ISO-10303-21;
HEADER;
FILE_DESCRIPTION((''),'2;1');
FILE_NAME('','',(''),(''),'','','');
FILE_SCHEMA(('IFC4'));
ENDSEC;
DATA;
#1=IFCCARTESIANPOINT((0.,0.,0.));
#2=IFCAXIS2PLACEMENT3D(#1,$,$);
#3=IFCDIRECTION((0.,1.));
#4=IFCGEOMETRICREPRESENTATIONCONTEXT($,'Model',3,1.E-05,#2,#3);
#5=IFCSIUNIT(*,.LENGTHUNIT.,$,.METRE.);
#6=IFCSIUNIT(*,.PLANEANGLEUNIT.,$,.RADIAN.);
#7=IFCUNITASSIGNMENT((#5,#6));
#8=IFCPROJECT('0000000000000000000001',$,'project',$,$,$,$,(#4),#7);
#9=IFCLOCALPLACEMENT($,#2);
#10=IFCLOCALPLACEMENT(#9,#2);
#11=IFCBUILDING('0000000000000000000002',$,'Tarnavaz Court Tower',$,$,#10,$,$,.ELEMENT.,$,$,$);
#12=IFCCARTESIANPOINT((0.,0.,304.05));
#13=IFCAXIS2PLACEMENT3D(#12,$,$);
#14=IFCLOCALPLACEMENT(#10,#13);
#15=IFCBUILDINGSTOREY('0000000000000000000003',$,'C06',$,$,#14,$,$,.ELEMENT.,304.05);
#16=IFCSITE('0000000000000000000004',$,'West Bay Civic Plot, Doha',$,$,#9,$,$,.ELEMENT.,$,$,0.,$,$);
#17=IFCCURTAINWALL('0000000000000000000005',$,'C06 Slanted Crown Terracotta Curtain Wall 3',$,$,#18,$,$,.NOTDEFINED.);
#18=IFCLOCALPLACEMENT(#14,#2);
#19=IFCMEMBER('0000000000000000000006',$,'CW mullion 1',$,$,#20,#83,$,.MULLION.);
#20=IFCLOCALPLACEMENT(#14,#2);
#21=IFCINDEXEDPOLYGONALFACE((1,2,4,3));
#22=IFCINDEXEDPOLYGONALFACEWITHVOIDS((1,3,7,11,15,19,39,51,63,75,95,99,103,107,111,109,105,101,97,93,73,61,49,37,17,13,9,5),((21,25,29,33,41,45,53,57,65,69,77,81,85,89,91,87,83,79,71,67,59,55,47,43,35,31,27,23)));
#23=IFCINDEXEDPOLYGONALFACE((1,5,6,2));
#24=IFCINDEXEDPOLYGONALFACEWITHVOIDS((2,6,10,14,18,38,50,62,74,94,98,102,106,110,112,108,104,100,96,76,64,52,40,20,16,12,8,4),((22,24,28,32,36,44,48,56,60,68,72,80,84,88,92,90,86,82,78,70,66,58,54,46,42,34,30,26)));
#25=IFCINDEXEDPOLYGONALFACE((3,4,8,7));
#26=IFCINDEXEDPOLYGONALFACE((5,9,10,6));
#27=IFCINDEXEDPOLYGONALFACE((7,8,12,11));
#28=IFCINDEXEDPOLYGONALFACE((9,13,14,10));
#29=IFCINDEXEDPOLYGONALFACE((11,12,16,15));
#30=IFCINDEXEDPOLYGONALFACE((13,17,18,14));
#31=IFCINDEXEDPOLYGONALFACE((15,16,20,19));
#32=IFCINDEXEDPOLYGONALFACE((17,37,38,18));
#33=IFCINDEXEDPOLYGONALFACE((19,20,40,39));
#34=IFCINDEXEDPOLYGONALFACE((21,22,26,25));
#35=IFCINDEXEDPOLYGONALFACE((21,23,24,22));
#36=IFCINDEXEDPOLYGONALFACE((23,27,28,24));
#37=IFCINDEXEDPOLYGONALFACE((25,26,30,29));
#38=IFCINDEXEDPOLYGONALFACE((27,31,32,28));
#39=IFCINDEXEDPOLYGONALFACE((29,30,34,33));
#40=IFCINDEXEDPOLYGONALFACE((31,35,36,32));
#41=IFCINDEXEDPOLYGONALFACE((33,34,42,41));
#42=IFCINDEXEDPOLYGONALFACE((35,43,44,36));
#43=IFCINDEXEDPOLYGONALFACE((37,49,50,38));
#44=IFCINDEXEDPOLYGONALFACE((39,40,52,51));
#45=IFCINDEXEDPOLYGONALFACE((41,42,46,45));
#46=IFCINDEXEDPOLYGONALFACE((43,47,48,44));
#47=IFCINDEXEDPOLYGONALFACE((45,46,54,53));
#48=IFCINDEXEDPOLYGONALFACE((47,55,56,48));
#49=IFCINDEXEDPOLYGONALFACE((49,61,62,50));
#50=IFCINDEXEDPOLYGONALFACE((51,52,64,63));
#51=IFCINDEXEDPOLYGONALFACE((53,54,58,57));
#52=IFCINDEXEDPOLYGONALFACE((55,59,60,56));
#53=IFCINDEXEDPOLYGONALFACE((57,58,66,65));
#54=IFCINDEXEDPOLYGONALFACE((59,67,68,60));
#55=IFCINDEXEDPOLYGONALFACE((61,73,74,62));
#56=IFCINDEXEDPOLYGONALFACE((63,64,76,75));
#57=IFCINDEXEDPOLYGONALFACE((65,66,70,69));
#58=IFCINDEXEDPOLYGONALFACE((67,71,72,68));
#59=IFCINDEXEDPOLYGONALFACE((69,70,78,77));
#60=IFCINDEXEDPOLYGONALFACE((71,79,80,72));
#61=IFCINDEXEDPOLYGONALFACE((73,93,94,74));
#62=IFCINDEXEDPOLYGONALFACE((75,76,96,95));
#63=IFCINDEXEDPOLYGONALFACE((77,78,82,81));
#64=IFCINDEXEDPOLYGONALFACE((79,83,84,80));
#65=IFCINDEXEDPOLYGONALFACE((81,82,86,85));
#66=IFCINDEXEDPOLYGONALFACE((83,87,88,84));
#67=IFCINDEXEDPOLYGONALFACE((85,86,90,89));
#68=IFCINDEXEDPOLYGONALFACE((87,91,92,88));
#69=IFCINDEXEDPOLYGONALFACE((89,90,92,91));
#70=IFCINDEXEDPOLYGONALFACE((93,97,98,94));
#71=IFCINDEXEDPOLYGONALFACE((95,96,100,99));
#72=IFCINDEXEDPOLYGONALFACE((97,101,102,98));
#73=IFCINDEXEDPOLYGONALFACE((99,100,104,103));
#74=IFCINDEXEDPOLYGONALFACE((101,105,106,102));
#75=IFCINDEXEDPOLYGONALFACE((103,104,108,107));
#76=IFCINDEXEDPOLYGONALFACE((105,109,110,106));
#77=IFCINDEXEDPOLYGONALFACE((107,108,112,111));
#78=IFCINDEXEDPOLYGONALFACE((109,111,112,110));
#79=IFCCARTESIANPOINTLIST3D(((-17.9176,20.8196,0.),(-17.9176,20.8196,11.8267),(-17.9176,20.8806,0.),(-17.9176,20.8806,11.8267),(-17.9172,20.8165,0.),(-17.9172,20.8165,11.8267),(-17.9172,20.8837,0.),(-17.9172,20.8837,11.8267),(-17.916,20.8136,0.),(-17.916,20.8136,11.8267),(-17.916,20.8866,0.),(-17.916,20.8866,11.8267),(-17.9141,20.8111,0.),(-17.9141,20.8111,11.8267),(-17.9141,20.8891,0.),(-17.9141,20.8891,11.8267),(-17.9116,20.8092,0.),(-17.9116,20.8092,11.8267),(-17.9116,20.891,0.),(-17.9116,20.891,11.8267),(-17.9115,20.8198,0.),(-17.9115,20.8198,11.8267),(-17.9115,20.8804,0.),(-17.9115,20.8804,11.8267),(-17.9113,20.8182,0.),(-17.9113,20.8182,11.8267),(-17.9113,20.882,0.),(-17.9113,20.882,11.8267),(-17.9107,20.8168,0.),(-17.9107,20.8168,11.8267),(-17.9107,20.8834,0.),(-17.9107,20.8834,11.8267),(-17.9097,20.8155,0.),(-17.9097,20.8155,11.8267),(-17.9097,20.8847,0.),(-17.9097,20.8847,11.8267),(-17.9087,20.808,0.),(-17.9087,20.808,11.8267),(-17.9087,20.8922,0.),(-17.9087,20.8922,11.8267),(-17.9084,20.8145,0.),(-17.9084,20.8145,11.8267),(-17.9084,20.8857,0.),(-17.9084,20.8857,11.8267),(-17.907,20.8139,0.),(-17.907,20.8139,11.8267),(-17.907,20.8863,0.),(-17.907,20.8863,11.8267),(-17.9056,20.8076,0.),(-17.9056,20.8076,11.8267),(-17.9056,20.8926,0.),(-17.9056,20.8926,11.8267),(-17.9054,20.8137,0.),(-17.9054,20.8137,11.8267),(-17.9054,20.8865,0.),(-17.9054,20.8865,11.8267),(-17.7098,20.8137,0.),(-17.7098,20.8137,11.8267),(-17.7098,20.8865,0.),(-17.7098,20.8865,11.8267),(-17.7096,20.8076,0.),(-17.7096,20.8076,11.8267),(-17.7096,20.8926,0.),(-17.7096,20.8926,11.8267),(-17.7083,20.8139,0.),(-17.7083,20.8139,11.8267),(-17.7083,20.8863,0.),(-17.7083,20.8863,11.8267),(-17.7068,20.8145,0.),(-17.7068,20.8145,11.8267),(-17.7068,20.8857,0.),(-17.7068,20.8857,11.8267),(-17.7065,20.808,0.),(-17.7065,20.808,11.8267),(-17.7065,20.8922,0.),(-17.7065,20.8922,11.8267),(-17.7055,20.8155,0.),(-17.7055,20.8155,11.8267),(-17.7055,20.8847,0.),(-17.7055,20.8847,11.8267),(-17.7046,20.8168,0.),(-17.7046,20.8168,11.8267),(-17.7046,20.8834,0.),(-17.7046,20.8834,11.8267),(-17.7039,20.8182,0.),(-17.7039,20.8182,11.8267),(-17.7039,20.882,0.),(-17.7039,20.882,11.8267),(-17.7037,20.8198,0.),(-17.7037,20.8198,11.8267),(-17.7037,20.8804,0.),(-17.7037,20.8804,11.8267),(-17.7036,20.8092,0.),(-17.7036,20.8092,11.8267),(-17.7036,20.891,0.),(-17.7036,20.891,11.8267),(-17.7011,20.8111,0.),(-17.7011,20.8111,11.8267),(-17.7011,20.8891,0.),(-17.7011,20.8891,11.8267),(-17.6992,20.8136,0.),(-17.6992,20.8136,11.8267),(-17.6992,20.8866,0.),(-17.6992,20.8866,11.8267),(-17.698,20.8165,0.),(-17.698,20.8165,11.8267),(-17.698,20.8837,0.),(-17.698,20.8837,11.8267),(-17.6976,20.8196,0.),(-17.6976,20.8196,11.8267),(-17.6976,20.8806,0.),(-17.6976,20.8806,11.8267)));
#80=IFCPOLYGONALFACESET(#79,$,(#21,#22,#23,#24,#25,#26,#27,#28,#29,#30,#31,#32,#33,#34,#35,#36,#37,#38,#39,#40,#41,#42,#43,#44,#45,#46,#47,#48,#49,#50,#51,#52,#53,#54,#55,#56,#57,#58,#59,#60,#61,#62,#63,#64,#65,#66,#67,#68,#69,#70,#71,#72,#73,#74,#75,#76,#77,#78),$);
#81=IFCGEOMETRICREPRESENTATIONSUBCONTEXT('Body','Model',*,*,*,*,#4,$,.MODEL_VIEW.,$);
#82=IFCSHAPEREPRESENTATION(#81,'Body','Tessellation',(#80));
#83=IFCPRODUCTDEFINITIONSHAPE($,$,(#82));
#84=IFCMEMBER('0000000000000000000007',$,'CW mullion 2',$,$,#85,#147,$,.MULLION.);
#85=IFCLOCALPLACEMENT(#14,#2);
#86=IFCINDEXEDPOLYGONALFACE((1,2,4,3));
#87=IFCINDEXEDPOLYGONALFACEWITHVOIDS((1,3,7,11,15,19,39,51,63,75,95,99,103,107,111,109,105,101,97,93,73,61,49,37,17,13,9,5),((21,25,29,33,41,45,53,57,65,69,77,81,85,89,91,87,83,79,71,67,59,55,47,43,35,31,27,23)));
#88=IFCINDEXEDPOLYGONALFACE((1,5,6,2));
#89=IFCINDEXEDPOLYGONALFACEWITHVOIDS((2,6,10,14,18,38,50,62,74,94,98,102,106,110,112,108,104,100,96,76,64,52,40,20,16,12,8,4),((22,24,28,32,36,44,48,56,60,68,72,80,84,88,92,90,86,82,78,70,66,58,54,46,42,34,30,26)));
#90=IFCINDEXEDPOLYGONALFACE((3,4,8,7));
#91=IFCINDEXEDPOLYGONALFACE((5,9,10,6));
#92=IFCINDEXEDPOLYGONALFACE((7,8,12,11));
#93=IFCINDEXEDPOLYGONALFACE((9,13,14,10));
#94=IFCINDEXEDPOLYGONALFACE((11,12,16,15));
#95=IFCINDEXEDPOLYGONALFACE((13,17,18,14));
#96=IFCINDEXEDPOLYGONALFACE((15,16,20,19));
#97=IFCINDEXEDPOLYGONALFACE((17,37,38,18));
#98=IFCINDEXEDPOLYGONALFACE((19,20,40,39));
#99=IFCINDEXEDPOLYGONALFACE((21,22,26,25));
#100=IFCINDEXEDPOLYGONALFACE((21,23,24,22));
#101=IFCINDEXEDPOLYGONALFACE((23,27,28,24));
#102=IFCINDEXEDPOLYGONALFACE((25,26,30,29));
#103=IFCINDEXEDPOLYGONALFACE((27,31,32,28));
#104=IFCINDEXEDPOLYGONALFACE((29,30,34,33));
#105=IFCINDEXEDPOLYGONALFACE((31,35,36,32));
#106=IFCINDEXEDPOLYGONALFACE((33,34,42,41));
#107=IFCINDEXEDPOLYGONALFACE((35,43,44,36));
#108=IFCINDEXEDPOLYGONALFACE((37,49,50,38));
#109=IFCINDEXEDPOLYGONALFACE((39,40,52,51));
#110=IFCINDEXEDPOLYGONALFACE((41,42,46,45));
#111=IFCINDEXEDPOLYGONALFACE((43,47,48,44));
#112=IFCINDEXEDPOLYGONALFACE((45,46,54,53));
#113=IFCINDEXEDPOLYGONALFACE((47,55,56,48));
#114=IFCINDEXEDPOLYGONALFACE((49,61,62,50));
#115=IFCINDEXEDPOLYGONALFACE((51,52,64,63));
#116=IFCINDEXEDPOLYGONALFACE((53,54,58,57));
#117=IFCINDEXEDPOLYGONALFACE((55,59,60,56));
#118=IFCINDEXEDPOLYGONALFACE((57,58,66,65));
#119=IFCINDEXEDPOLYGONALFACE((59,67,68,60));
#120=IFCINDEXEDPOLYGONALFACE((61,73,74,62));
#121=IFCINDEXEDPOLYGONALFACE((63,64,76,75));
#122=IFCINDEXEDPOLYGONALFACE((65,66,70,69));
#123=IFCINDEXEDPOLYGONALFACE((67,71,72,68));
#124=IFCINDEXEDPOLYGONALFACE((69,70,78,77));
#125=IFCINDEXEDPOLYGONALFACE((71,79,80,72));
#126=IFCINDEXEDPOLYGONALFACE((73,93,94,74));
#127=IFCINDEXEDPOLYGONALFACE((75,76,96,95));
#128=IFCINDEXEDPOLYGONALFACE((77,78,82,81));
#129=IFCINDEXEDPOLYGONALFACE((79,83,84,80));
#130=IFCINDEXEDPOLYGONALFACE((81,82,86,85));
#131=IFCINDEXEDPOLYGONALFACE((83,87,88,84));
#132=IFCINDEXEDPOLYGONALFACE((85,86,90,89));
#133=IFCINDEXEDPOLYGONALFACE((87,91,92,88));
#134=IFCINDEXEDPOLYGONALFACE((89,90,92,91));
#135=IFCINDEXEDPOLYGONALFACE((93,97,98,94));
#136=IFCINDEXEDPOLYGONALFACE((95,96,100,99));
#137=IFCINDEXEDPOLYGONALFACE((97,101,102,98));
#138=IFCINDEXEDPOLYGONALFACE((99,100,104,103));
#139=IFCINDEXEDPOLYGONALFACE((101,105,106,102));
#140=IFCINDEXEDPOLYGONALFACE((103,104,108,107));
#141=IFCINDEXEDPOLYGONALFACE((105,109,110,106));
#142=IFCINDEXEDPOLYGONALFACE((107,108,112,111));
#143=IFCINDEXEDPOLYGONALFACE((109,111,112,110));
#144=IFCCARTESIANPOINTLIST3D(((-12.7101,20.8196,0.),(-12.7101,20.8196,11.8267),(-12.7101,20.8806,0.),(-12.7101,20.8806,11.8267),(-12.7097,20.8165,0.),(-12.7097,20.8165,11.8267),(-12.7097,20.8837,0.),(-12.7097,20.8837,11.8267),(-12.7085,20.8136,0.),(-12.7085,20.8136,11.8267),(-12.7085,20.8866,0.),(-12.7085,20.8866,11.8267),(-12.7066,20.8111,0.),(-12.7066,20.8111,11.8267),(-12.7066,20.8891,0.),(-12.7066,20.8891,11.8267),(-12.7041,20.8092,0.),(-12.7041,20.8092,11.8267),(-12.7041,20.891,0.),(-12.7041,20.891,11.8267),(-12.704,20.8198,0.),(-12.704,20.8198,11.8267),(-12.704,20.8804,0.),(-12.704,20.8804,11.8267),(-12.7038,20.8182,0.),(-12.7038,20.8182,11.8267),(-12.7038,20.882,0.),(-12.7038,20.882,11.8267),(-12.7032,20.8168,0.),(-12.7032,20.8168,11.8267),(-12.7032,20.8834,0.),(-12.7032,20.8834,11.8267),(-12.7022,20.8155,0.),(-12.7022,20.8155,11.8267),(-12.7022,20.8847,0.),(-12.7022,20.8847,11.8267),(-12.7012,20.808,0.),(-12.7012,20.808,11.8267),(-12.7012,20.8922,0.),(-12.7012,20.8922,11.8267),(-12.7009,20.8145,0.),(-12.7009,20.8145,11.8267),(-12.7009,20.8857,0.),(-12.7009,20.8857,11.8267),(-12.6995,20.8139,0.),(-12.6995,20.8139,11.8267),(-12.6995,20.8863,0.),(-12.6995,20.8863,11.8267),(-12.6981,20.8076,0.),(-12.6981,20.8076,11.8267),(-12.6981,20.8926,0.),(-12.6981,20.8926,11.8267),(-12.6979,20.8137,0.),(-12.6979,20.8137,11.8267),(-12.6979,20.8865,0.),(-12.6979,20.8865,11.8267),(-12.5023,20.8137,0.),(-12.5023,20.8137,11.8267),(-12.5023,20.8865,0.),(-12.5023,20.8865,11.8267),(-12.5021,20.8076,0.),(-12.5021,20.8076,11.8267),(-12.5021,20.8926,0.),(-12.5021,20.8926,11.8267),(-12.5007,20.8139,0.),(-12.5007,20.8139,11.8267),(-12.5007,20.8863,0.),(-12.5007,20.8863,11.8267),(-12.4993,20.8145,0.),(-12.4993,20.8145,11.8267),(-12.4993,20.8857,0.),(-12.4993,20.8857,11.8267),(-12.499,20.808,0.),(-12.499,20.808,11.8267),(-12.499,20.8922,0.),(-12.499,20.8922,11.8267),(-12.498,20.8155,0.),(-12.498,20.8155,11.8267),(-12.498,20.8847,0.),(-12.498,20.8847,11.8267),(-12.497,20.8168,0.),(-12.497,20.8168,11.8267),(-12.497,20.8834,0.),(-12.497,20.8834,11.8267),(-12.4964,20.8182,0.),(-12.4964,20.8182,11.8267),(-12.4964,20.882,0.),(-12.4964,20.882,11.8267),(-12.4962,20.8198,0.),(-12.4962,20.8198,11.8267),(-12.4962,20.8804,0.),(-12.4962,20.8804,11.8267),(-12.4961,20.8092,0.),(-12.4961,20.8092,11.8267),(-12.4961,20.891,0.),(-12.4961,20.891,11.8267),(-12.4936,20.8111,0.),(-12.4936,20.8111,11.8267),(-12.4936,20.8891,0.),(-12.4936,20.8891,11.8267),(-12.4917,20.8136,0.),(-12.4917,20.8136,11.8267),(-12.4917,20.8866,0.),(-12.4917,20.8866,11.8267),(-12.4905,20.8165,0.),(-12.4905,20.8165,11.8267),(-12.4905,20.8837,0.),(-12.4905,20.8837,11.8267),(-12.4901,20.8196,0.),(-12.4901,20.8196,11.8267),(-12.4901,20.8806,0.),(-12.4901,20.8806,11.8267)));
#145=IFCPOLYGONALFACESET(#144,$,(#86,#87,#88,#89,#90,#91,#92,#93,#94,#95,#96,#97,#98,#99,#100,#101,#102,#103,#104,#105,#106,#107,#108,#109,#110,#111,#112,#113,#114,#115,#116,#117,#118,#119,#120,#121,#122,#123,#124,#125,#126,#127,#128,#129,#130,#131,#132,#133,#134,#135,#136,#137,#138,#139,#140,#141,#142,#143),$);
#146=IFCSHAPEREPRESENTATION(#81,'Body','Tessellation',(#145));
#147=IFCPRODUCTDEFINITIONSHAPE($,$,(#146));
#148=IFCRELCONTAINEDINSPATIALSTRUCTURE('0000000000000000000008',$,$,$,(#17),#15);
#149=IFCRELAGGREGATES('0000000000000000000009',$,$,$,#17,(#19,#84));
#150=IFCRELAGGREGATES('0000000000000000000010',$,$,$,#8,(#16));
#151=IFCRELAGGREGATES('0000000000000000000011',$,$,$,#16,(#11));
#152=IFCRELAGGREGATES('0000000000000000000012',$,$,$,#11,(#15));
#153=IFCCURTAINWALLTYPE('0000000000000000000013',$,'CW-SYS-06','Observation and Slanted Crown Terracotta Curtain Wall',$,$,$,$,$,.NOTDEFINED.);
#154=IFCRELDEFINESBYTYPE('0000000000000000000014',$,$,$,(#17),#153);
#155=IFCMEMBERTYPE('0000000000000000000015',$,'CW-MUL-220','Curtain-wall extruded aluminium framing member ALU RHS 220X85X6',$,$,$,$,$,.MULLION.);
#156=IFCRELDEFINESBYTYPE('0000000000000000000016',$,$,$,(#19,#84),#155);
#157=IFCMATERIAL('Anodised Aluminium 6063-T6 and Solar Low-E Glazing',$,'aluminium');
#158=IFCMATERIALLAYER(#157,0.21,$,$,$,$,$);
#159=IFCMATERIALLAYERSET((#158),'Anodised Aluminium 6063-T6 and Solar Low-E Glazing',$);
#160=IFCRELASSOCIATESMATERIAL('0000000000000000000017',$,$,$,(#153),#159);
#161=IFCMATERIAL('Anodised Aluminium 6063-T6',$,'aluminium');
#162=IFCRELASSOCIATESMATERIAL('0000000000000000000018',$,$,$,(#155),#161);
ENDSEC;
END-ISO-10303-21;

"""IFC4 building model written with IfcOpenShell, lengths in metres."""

from ifc_helpers import new_model, si_unit, direction, frame, origin, origin_2d, place, context, subcontext, project, spatial, hollow_rectangle, extrude, material, layer, layer_set, material_profile, profile_set, type_object, element, aggregate, save


model = new_model("IFC4")

# Units and contexts
model_context = context("Model", 3, precision=1e-05, world=origin(), true_north=direction((0.0, 1.0)))
body_context = subcontext(model_context, "Body", "Model", "MODEL_VIEW")
ifc_project = project(units=[si_unit("LENGTHUNIT", "METRE"), si_unit("PLANEANGLEUNIT", "RADIAN")], contexts=[model_context])

# Site, building, storey
site_placement = place(None, origin())
site = spatial("IfcSite", under=ifc_project, at=site_placement, Name="West Bay Civic Plot, Doha", CompositionType="ELEMENT", RefElevation=0.0)
building_placement = place(site_placement, origin())
building = spatial("IfcBuilding", under=site, at=building_placement, Name="Tarnavaz Court Tower", CompositionType="ELEMENT")
storey_placement = place(building_placement, frame((0.0, 0.0, 304.05)))
storey = spatial("IfcBuildingStorey", under=building, at=storey_placement, Name="C06", CompositionType="ELEMENT", Elevation=304.05)

# Curtain wall, members
ifc_material_1 = material(Name="Anodised Aluminium 6063-T6 and Solar Low-E Glazing", Category="aluminium")
ifc_layer_1 = layer(ifc_material_1, 0.21)
ifc_layer_set_1 = layer_set([ifc_layer_1], Name="Anodised Aluminium 6063-T6 and Solar Low-E Glazing")
curtain_wall_type = type_object("IfcCurtainWallType", Name="CW-SYS-06", Description="Observation and Slanted Crown Terracotta Curtain Wall", PredefinedType="NOTDEFINED", material=ifc_layer_set_1)
ifc_material_2 = material(Name="Anodised Aluminium 6063-T6", Category="aluminium")
ifc_material_profile_1 = material_profile(ifc_material_2, hollow_rectangle(XDim=0.085, YDim=0.22, WallThickness=0.0061, InnerFilletRadius=0.0061, OuterFilletRadius=0.012, at=origin_2d()), Name="ALU RHS 220X85X6")
ifc_profile_set_1 = profile_set([ifc_material_profile_1], Name="Anodised Aluminium 6063-T6")
member_type_1 = type_object("IfcMemberType", Name="CW-MUL-220", Description="Curtain-wall extruded aluminium framing member ALU RHS 220X85X6", PredefinedType="MULLION", material=ifc_profile_set_1)
curtain_wall_1_placement = place(storey_placement, origin())
curtain_wall_1 = element("IfcCurtainWall", 1, at=curtain_wall_1_placement, inside=storey, type_object=curtain_wall_type, Name="C06 Slanted Crown Terracotta Curtain Wall 3", PredefinedType="NOTDEFINED")
member_1_placement = place(storey_placement, frame((-17.8076, 20.8501, 0.0), z_axis=(0.0, 0.0, 1.0), x_axis=(0.0, 1.0, 0.0)))
member_1 = element("IfcMember", 2, at=member_1_placement, type_object=member_type_1, Name="CW mullion 1", PredefinedType="MULLION", context=body_context, shape_type="SweptSolid", body=[
    extrude(hollow_rectangle(XDim=0.085, YDim=0.22, WallThickness=0.0061, InnerFilletRadius=0.0061, OuterFilletRadius=0.012, at=origin_2d()), origin(), (0.0, 0.0, 1.0), 11.8267),
])
member_2_placement = place(storey_placement, frame((-12.6001, 20.8501, 0.0), z_axis=(0.0, 0.0, 1.0), x_axis=(0.0, 1.0, 0.0)))
member_2 = element("IfcMember", 3, at=member_2_placement, type_object=member_type_1, Name="CW mullion 2", PredefinedType="MULLION", context=body_context, shape_type="SweptSolid", body=[
    extrude(hollow_rectangle(XDim=0.085, YDim=0.22, WallThickness=0.0061, InnerFilletRadius=0.0061, OuterFilletRadius=0.012, at=origin_2d()), origin(), (0.0, 0.0, 1.0), 11.8267),
])

aggregate(curtain_wall_1, [member_1, member_2])

save(model, "model.ifc")
